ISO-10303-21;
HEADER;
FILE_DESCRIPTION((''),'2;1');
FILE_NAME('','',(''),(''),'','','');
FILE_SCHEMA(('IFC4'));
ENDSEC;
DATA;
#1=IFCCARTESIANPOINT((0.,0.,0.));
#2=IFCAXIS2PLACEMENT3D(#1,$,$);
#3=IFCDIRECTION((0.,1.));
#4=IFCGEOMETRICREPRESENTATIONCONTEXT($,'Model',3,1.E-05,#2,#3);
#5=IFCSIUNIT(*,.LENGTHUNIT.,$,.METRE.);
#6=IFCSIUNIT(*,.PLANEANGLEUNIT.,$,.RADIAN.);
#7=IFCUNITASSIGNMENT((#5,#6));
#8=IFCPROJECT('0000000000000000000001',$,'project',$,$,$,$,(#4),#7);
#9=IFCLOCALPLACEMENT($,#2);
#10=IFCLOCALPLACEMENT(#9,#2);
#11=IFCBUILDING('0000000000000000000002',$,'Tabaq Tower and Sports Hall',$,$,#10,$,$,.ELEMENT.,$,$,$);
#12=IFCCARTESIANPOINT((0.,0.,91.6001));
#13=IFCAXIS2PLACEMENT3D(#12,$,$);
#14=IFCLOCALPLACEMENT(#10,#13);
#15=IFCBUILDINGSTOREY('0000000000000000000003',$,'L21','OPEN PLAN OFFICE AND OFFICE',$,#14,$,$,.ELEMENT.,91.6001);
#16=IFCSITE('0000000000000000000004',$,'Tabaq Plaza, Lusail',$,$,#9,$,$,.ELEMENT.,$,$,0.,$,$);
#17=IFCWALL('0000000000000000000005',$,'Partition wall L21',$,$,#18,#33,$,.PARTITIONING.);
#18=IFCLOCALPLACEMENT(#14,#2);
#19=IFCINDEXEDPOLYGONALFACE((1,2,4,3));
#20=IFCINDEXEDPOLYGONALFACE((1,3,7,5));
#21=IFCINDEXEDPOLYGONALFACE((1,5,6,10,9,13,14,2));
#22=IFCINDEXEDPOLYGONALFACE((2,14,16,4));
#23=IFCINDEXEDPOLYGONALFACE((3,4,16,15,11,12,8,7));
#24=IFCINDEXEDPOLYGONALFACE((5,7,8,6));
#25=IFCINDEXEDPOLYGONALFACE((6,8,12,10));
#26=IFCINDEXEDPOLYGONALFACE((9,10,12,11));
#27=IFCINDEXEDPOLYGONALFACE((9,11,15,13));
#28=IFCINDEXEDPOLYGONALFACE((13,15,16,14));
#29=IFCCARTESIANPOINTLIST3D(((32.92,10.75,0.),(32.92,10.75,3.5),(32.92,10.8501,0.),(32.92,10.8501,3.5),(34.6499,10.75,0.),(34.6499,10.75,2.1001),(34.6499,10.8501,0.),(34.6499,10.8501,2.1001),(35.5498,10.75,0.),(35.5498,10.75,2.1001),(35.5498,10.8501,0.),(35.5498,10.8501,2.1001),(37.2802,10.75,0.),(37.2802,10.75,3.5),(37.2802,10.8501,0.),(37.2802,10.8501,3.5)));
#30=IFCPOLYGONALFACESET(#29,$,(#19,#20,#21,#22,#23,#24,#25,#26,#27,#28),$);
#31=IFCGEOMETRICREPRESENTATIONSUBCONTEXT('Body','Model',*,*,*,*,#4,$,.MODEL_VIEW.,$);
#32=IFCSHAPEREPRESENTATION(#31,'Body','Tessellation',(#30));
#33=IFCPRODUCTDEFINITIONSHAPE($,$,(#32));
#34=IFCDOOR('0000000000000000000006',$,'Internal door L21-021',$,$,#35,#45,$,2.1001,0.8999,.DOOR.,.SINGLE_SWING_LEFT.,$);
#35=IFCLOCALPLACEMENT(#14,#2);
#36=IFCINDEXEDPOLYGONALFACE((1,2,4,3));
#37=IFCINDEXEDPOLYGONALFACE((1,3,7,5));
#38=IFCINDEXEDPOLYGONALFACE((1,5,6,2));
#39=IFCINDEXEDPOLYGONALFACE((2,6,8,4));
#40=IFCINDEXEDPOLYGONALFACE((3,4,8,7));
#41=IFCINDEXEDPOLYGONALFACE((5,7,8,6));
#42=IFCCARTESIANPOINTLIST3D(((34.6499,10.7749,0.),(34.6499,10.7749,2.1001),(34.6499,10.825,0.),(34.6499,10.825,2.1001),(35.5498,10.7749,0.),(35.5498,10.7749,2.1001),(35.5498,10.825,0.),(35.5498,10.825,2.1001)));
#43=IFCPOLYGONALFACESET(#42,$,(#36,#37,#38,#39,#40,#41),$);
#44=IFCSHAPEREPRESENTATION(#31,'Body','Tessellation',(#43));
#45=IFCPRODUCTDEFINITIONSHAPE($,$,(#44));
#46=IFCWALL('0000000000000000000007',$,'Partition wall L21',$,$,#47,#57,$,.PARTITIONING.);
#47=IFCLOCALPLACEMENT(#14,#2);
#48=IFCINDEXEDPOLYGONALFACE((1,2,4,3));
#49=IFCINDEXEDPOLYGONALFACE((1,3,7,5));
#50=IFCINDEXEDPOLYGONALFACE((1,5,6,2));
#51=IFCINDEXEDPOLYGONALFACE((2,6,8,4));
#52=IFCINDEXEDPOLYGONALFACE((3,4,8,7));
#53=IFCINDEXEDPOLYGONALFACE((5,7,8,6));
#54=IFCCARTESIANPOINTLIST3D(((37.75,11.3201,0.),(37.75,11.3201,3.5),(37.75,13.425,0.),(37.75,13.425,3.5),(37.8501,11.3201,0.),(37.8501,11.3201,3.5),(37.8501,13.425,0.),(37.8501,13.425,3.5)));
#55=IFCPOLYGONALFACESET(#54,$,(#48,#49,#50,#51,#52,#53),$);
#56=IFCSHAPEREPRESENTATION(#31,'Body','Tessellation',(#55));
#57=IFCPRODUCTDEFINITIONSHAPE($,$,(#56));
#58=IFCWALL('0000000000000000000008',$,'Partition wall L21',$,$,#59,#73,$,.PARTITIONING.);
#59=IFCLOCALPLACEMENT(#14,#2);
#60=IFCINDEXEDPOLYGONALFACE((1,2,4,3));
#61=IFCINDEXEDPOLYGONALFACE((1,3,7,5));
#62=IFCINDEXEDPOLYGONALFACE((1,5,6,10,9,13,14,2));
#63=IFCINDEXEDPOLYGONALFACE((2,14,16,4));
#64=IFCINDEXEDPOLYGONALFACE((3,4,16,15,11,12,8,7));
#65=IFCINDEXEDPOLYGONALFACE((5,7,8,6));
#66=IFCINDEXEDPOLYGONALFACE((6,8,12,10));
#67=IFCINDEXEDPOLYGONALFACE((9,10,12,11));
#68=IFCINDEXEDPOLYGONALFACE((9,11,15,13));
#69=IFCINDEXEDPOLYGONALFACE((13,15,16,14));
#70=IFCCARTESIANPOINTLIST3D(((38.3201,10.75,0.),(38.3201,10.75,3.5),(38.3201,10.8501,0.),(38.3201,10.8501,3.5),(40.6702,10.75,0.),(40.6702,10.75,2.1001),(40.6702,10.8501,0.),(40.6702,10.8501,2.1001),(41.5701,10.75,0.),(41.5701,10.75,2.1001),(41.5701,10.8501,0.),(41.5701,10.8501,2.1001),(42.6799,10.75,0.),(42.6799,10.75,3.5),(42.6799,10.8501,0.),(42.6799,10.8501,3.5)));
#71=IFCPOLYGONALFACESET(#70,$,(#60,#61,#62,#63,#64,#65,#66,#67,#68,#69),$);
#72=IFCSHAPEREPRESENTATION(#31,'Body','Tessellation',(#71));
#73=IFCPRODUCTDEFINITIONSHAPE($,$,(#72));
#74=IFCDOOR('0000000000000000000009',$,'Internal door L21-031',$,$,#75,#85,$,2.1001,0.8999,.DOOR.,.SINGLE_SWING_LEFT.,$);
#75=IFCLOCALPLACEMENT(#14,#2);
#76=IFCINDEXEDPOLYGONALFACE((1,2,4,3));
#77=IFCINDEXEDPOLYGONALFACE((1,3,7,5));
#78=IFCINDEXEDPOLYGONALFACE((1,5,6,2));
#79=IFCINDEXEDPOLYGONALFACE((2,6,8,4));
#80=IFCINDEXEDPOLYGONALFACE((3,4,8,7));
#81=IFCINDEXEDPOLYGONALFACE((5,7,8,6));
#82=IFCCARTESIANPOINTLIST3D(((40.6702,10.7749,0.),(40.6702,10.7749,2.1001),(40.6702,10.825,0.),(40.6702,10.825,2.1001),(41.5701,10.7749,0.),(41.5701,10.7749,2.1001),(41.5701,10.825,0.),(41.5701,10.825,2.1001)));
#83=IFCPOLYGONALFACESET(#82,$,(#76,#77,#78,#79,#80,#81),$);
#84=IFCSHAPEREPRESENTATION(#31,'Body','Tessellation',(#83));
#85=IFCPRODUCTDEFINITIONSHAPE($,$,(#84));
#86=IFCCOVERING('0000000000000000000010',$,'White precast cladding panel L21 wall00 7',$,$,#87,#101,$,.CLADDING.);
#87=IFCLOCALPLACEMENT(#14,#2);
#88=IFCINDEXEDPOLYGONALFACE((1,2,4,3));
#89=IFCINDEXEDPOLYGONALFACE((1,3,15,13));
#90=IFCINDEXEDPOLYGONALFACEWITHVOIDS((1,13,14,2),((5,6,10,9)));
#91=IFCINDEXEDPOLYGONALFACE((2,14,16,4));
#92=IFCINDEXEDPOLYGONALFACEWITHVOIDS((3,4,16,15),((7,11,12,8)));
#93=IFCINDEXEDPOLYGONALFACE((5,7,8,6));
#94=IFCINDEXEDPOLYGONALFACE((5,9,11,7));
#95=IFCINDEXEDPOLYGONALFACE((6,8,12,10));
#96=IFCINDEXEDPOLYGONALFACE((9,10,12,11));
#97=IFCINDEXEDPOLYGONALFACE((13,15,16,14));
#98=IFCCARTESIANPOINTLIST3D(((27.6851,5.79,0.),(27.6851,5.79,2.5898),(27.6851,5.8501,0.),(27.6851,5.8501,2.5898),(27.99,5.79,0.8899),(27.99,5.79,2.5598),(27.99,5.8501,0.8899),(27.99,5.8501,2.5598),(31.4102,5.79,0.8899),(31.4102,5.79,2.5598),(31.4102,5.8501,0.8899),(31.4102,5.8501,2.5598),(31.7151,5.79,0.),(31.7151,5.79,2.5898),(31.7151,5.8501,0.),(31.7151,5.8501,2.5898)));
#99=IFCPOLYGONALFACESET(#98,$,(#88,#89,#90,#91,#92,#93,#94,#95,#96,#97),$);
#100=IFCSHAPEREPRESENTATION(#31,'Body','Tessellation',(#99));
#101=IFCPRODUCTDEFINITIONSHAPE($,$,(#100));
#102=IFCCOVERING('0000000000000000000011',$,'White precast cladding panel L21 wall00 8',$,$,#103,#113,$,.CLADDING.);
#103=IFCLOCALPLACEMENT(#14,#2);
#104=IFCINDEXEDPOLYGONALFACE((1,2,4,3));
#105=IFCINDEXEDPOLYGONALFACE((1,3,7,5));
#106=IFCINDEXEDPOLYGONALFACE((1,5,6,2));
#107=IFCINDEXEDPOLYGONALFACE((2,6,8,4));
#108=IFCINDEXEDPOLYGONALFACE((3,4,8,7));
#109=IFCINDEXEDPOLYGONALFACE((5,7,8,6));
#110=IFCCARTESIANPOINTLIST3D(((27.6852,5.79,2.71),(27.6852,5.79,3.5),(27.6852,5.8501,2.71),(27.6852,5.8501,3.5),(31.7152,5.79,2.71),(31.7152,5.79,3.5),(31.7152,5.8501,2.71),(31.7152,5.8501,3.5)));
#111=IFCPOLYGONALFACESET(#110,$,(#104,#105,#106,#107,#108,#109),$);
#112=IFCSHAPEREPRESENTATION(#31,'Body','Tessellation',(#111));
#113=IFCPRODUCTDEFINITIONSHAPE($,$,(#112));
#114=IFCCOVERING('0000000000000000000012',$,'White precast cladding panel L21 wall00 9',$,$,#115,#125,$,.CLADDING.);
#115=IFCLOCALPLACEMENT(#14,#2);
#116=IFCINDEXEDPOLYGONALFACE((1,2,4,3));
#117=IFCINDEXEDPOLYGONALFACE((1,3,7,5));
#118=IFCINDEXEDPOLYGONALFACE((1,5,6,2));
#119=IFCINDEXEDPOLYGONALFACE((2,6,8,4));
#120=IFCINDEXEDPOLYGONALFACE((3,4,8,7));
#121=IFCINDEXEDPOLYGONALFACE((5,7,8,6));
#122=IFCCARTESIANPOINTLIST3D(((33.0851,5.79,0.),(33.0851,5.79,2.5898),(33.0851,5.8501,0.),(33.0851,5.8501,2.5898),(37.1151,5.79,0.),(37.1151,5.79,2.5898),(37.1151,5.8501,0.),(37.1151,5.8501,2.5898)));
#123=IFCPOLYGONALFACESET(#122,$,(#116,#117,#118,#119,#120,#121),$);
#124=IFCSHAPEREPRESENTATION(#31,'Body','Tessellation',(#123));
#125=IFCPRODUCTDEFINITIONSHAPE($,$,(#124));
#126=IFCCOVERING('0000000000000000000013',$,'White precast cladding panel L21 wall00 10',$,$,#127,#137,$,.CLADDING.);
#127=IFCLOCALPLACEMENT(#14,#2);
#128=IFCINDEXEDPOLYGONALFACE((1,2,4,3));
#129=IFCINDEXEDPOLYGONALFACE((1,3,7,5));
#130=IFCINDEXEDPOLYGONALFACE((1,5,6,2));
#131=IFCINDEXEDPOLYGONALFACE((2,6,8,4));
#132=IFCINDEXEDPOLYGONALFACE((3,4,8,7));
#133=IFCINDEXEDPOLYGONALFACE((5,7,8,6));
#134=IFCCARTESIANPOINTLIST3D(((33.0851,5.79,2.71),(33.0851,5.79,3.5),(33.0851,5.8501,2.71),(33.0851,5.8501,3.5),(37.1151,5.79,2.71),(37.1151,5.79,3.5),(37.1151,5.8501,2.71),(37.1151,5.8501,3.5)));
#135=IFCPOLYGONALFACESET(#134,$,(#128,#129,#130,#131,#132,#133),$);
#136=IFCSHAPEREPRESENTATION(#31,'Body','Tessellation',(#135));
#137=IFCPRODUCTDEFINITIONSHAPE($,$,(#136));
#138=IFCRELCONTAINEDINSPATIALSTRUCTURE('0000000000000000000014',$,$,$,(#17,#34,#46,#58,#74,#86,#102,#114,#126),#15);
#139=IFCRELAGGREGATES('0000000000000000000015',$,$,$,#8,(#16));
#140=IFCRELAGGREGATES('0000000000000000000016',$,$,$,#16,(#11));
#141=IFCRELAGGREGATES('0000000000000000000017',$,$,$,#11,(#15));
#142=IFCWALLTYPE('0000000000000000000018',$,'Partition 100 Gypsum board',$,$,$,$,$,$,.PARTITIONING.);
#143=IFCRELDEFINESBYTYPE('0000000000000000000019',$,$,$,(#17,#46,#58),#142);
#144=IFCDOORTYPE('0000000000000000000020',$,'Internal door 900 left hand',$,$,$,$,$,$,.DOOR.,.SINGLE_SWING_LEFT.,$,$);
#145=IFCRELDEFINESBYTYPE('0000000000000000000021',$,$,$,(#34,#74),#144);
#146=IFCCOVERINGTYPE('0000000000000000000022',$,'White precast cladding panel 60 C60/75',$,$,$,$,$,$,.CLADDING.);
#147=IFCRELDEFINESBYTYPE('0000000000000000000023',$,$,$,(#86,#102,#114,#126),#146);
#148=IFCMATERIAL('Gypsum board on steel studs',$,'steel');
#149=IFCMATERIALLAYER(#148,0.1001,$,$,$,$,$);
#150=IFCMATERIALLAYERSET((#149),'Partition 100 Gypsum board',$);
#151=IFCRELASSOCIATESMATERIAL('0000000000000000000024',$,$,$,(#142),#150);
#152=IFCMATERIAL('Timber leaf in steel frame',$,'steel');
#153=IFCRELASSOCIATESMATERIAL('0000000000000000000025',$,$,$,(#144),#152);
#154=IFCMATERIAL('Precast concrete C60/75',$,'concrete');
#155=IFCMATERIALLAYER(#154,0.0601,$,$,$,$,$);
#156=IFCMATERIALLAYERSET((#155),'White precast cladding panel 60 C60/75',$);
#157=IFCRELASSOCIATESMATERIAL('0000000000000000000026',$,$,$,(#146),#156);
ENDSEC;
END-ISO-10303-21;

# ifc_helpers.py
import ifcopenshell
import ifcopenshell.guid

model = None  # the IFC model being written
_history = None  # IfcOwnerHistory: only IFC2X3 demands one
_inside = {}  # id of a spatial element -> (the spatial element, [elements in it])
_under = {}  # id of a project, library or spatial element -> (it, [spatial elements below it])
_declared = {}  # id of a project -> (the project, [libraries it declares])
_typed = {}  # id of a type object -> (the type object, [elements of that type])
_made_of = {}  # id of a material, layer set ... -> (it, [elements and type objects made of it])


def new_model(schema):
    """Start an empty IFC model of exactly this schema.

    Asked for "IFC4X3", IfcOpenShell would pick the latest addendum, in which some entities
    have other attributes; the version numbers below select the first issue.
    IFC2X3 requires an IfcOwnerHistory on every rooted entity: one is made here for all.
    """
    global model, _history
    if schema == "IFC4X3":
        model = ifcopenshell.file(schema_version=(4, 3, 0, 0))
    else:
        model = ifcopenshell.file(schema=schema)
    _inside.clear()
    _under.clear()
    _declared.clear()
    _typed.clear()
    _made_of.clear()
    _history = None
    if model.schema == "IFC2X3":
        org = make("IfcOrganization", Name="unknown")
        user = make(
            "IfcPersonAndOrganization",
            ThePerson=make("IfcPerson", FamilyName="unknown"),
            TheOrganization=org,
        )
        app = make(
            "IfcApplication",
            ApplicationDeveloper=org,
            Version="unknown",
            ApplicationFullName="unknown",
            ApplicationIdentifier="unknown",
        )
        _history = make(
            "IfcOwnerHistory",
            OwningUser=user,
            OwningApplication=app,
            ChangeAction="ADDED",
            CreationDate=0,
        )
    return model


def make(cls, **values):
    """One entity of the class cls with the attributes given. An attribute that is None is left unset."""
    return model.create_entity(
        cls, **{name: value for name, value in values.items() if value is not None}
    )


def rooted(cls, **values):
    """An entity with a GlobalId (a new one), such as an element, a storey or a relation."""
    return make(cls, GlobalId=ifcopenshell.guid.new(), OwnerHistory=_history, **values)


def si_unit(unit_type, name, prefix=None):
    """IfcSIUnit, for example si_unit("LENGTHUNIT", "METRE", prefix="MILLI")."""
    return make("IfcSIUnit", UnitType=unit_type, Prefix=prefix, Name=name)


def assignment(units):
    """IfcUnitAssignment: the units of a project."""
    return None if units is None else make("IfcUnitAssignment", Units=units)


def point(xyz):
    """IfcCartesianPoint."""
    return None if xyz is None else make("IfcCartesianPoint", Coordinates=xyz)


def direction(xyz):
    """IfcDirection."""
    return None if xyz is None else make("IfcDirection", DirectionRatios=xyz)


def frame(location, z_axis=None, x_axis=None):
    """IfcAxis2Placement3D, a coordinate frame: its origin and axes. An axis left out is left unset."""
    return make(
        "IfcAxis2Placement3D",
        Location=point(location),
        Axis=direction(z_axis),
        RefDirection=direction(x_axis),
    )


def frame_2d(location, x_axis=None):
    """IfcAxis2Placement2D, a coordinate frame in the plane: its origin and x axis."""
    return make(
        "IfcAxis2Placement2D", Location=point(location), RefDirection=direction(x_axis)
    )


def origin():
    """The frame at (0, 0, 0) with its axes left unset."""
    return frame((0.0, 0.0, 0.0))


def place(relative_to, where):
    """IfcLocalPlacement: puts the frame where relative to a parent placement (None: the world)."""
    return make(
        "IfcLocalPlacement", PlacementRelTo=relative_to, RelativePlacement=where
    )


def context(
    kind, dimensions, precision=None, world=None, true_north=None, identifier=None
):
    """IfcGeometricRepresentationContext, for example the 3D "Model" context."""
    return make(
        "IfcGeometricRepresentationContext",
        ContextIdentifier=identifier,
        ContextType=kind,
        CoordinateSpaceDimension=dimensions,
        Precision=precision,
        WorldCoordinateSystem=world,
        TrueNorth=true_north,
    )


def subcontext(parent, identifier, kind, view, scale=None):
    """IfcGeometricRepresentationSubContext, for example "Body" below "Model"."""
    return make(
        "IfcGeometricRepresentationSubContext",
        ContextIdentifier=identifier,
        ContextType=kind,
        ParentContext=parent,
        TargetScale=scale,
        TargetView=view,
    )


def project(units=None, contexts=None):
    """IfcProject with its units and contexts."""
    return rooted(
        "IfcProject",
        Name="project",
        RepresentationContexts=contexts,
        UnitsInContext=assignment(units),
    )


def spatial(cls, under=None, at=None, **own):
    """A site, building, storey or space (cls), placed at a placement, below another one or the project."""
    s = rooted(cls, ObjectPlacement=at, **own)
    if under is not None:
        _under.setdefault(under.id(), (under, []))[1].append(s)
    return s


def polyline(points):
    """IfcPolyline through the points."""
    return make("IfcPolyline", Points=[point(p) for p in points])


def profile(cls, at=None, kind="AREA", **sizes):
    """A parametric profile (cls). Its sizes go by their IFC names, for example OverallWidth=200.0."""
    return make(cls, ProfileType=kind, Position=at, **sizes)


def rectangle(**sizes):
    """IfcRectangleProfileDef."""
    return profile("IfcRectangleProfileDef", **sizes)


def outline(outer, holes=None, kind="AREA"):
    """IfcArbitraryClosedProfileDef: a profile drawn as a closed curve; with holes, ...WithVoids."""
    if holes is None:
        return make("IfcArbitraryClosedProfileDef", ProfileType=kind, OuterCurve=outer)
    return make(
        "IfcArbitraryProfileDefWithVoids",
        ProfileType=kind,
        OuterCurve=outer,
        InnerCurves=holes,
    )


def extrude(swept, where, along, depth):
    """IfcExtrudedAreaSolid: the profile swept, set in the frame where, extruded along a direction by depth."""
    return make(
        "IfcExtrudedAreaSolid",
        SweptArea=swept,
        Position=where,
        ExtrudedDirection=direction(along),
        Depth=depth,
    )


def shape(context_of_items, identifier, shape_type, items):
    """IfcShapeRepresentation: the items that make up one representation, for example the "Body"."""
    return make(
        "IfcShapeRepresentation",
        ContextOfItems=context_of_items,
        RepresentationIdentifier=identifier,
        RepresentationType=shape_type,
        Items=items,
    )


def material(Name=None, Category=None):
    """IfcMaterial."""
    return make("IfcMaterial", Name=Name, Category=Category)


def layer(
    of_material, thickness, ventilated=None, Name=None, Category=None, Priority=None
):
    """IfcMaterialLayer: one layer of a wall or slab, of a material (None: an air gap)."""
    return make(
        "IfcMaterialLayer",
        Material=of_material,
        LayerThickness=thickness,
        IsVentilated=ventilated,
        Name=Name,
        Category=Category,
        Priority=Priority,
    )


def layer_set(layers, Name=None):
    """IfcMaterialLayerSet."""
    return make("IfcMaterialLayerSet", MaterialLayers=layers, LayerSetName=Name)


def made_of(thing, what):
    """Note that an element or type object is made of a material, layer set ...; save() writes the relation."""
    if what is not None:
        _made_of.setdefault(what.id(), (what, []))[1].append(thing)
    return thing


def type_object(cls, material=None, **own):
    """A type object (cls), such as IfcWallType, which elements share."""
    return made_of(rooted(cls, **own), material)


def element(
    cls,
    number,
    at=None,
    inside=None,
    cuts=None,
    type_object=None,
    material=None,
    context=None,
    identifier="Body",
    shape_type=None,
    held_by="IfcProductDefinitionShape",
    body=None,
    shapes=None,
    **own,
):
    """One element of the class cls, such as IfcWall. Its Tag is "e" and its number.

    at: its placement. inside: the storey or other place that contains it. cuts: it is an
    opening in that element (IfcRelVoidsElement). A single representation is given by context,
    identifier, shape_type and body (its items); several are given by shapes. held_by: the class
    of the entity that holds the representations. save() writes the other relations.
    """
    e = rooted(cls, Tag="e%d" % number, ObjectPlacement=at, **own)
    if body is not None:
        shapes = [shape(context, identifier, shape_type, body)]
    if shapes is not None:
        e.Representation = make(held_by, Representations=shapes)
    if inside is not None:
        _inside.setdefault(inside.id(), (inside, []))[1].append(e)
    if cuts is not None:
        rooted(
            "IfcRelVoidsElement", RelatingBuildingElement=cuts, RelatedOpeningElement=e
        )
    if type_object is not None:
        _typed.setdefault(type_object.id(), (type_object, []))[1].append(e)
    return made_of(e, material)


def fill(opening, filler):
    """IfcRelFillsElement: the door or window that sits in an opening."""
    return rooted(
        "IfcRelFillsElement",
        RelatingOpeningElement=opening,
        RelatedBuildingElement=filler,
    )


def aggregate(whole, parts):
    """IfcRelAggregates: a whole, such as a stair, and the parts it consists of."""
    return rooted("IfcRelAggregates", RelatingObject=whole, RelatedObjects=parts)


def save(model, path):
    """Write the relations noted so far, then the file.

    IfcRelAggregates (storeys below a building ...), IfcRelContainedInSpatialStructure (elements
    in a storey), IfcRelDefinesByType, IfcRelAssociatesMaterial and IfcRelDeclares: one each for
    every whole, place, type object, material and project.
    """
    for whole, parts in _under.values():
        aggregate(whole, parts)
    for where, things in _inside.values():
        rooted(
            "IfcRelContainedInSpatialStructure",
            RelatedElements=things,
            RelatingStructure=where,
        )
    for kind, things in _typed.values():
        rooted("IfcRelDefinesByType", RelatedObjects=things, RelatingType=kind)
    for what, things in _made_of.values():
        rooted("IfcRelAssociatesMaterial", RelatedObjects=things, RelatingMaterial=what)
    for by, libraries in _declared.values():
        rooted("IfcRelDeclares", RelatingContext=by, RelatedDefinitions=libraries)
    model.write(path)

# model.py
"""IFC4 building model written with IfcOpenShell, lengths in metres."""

from ifc_helpers import new_model, si_unit, direction, frame, frame_2d, origin, place, context, subcontext, project, spatial, polyline, rectangle, outline, extrude, material, layer, layer_set, type_object, element, fill, save


model = new_model("IFC4")

# Units and contexts
model_context = context("Model", 3, precision=1e-05, world=origin(), true_north=direction((0.0, 1.0)))
body_context = subcontext(model_context, "Body", "Model", "MODEL_VIEW")
ifc_project = project(units=[si_unit("LENGTHUNIT", "METRE"), si_unit("PLANEANGLEUNIT", "RADIAN")], contexts=[model_context])

# Site, building, storey
site_placement = place(None, origin())
site = spatial("IfcSite", under=ifc_project, at=site_placement, Name="Tabaq Plaza, Lusail", CompositionType="ELEMENT", RefElevation=0.0)
building_placement = place(site_placement, origin())
building = spatial("IfcBuilding", under=site, at=building_placement, Name="Tabaq Tower and Sports Hall", CompositionType="ELEMENT")
storey_placement = place(building_placement, frame((0.0, 0.0, 91.6001)))
storey = spatial("IfcBuildingStorey", under=building, at=storey_placement, Name="L21", Description="OPEN PLAN OFFICE AND OFFICE", CompositionType="ELEMENT", Elevation=91.6001)

# Shared definitions
ifc_material_1 = material(Name="Gypsum board on steel studs", Category="steel")
ifc_layer_1 = layer(ifc_material_1, 0.1001)
ifc_layer_set_1 = layer_set([ifc_layer_1], Name="Partition 100 Gypsum board")
wall_type = type_object("IfcWallType", Name="Partition 100 Gypsum board", PredefinedType="PARTITIONING", material=ifc_layer_set_1)

# Wall, opening, door
ifc_material_2 = material(Name="Timber leaf in steel frame", Category="steel")
door_type = type_object("IfcDoorType", Name="Internal door 900 left hand", OperationType="SINGLE_SWING_LEFT", PredefinedType="DOOR", material=ifc_material_2)
wall_1_placement = place(storey_placement, frame((32.9199, 10.8, 0.0), z_axis=(0.0, 0.0, 1.0), x_axis=(1.0, 0.0, 0.0)))
wall_1 = element("IfcWall", 1, at=wall_1_placement, inside=storey, type_object=wall_type, Name="Partition wall L21", PredefinedType="PARTITIONING", context=body_context, shape_type="SweptSolid", body=[
    extrude(rectangle(XDim=4.3601, YDim=0.1001, at=frame_2d((2.1802, 0.0))), origin(), (0.0, 0.0, 1.0), 3.5),
])
opening_1_placement = place(wall_1_placement, frame((1.73, 0.0, 0.0)))
opening_1 = element("IfcOpeningElement", 2, at=opening_1_placement, cuts=wall_1, PredefinedType="OPENING", context=body_context, shape_type="SweptSolid", body=[
    extrude(rectangle(XDim=0.8999, YDim=2.1001, at=frame_2d((0.45, 1.05))), frame((0.0, 0.05, 0.0), z_axis=(0.0, -1.0, 0.0), x_axis=(1.0, 0.0, 0.0)), (0.0, 0.0, 1.0), 0.1001),
])
door_1_placement = place(opening_1_placement, origin())
door_1 = element("IfcDoor", 3, at=door_1_placement, inside=storey, type_object=door_type, Name="Internal door L21-021", OperationType="SINGLE_SWING_LEFT", OverallHeight=2.1001, OverallWidth=0.8999, PredefinedType="DOOR", context=body_context, shape_type="SweptSolid", body=[
    extrude(rectangle(XDim=0.8999, YDim=2.1001, at=frame_2d((0.45, 1.05))), frame((0.0, 0.0249, 0.0), z_axis=(0.0, -1.0, 0.0), x_axis=(1.0, 0.0, 0.0)), (0.0, 0.0, 1.0), 0.05),
])
fill(opening_1, door_1)

# Wall
wall_2_placement = place(storey_placement, frame((37.8, 11.3201, 0.0), z_axis=(0.0, 0.0, 1.0), x_axis=(0.0, 1.0, 0.0)))
element("IfcWall", 4, at=wall_2_placement, inside=storey, type_object=wall_type, Name="Partition wall L21", PredefinedType="PARTITIONING", context=body_context, shape_type="SweptSolid", body=[
    extrude(rectangle(XDim=2.105, YDim=0.1001, at=frame_2d((1.0525, 0.0))), origin(), (0.0, 0.0, 1.0), 3.5),
])

# Wall, opening, door
wall_3_placement = place(storey_placement, frame((38.3201, 10.8, 0.0), z_axis=(0.0, 0.0, 1.0), x_axis=(1.0, 0.0, 0.0)))
wall_3 = element("IfcWall", 5, at=wall_3_placement, inside=storey, type_object=wall_type, Name="Partition wall L21", PredefinedType="PARTITIONING", context=body_context, shape_type="SweptSolid", body=[
    extrude(rectangle(XDim=4.3599, YDim=0.1001, at=frame_2d((2.1799, 0.0))), origin(), (0.0, 0.0, 1.0), 3.5),
])
opening_2_placement = place(wall_3_placement, frame((2.3501, 0.0, 0.0)))
opening_2 = element("IfcOpeningElement", 6, at=opening_2_placement, cuts=wall_3, PredefinedType="OPENING", context=body_context, shape_type="SweptSolid", body=[
    extrude(rectangle(XDim=0.8999, YDim=2.1001, at=frame_2d((0.45, 1.05))), frame((0.0, 0.05, 0.0), z_axis=(0.0, -1.0, 0.0), x_axis=(1.0, 0.0, 0.0)), (0.0, 0.0, 1.0), 0.1001),
])
door_2_placement = place(opening_2_placement, origin())
door_2 = element("IfcDoor", 7, at=door_2_placement, inside=storey, type_object=door_type, Name="Internal door L21-031", OperationType="SINGLE_SWING_LEFT", OverallHeight=2.1001, OverallWidth=0.8999, PredefinedType="DOOR", context=body_context, shape_type="SweptSolid", body=[
    extrude(rectangle(XDim=0.8999, YDim=2.1001, at=frame_2d((0.45, 1.05))), frame((0.0, 0.0249, 0.0), z_axis=(0.0, -1.0, 0.0), x_axis=(1.0, 0.0, 0.0)), (0.0, 0.0, 1.0), 0.05),
])
fill(opening_2, door_2)

# Coverings
ifc_material_3 = material(Name="Precast concrete C60/75", Category="concrete")
ifc_layer_2 = layer(ifc_material_3, 0.0601)
ifc_layer_set_2 = layer_set([ifc_layer_2], Name="White precast cladding panel 60 C60/75")
covering_type = type_object("IfcCoveringType", Name="White precast cladding panel 60 C60/75", PredefinedType="CLADDING", material=ifc_layer_set_2)
covering_1_placement = place(storey_placement, frame((27.6851, 5.8201, 0.0), z_axis=(0.0, 0.0, 1.0), x_axis=(1.0, 0.0, 0.0)))
element("IfcCovering", 8, at=covering_1_placement, inside=storey, type_object=covering_type, Name="White precast cladding panel L21 wall00 7", PredefinedType="CLADDING", context=body_context, shape_type="SweptSolid", body=[
    extrude(outline(polyline([(0.0, 0.0), (4.03, 0.0), (4.03, 2.5898), (0.0, 2.5898), (0.0, 0.0)]), holes=[polyline([(3.7251, 0.8899), (0.3049, 0.8899), (0.3049, 2.5598), (3.7251, 2.5598), (3.7251, 0.8899)])]), frame((0.0, 0.03, 0.0), z_axis=(0.0, -1.0, 0.0), x_axis=(1.0, 0.0, 0.0)), (0.0, 0.0, 1.0), 0.0601),
])
covering_2_placement = place(storey_placement, frame((27.6851, 5.8201, 2.71), z_axis=(0.0, 0.0, 1.0), x_axis=(1.0, 0.0, 0.0)))
element("IfcCovering", 9, at=covering_2_placement, inside=storey, type_object=covering_type, Name="White precast cladding panel L21 wall00 8", PredefinedType="CLADDING", context=body_context, shape_type="SweptSolid", body=[
    extrude(rectangle(XDim=4.03, YDim=0.0601, at=frame_2d((2.0151, 0.0))), origin(), (0.0, 0.0, 1.0), 0.79),
])
covering_3_placement = place(storey_placement, frame((33.085, 5.8201, 0.0), z_axis=(0.0, 0.0, 1.0), x_axis=(1.0, 0.0, 0.0)))
element("IfcCovering", 10, at=covering_3_placement, inside=storey, type_object=covering_type, Name="White precast cladding panel L21 wall00 9", PredefinedType="CLADDING", context=body_context, shape_type="SweptSolid", body=[
    extrude(rectangle(XDim=4.03, YDim=0.0601, at=frame_2d((2.0151, 0.0))), origin(), (0.0, 0.0, 1.0), 2.5898),
])
covering_4_placement = place(storey_placement, frame((33.085, 5.8201, 2.71), z_axis=(0.0, 0.0, 1.0), x_axis=(1.0, 0.0, 0.0)))
element("IfcCovering", 11, at=covering_4_placement, inside=storey, type_object=covering_type, Name="White precast cladding panel L21 wall00 10", PredefinedType="CLADDING", context=body_context, shape_type="SweptSolid", body=[
    extrude(rectangle(XDim=4.03, YDim=0.0601, at=frame_2d((2.0151, 0.0))), origin(), (0.0, 0.0, 1.0), 0.79),
])

save(model, "model.ifc")
